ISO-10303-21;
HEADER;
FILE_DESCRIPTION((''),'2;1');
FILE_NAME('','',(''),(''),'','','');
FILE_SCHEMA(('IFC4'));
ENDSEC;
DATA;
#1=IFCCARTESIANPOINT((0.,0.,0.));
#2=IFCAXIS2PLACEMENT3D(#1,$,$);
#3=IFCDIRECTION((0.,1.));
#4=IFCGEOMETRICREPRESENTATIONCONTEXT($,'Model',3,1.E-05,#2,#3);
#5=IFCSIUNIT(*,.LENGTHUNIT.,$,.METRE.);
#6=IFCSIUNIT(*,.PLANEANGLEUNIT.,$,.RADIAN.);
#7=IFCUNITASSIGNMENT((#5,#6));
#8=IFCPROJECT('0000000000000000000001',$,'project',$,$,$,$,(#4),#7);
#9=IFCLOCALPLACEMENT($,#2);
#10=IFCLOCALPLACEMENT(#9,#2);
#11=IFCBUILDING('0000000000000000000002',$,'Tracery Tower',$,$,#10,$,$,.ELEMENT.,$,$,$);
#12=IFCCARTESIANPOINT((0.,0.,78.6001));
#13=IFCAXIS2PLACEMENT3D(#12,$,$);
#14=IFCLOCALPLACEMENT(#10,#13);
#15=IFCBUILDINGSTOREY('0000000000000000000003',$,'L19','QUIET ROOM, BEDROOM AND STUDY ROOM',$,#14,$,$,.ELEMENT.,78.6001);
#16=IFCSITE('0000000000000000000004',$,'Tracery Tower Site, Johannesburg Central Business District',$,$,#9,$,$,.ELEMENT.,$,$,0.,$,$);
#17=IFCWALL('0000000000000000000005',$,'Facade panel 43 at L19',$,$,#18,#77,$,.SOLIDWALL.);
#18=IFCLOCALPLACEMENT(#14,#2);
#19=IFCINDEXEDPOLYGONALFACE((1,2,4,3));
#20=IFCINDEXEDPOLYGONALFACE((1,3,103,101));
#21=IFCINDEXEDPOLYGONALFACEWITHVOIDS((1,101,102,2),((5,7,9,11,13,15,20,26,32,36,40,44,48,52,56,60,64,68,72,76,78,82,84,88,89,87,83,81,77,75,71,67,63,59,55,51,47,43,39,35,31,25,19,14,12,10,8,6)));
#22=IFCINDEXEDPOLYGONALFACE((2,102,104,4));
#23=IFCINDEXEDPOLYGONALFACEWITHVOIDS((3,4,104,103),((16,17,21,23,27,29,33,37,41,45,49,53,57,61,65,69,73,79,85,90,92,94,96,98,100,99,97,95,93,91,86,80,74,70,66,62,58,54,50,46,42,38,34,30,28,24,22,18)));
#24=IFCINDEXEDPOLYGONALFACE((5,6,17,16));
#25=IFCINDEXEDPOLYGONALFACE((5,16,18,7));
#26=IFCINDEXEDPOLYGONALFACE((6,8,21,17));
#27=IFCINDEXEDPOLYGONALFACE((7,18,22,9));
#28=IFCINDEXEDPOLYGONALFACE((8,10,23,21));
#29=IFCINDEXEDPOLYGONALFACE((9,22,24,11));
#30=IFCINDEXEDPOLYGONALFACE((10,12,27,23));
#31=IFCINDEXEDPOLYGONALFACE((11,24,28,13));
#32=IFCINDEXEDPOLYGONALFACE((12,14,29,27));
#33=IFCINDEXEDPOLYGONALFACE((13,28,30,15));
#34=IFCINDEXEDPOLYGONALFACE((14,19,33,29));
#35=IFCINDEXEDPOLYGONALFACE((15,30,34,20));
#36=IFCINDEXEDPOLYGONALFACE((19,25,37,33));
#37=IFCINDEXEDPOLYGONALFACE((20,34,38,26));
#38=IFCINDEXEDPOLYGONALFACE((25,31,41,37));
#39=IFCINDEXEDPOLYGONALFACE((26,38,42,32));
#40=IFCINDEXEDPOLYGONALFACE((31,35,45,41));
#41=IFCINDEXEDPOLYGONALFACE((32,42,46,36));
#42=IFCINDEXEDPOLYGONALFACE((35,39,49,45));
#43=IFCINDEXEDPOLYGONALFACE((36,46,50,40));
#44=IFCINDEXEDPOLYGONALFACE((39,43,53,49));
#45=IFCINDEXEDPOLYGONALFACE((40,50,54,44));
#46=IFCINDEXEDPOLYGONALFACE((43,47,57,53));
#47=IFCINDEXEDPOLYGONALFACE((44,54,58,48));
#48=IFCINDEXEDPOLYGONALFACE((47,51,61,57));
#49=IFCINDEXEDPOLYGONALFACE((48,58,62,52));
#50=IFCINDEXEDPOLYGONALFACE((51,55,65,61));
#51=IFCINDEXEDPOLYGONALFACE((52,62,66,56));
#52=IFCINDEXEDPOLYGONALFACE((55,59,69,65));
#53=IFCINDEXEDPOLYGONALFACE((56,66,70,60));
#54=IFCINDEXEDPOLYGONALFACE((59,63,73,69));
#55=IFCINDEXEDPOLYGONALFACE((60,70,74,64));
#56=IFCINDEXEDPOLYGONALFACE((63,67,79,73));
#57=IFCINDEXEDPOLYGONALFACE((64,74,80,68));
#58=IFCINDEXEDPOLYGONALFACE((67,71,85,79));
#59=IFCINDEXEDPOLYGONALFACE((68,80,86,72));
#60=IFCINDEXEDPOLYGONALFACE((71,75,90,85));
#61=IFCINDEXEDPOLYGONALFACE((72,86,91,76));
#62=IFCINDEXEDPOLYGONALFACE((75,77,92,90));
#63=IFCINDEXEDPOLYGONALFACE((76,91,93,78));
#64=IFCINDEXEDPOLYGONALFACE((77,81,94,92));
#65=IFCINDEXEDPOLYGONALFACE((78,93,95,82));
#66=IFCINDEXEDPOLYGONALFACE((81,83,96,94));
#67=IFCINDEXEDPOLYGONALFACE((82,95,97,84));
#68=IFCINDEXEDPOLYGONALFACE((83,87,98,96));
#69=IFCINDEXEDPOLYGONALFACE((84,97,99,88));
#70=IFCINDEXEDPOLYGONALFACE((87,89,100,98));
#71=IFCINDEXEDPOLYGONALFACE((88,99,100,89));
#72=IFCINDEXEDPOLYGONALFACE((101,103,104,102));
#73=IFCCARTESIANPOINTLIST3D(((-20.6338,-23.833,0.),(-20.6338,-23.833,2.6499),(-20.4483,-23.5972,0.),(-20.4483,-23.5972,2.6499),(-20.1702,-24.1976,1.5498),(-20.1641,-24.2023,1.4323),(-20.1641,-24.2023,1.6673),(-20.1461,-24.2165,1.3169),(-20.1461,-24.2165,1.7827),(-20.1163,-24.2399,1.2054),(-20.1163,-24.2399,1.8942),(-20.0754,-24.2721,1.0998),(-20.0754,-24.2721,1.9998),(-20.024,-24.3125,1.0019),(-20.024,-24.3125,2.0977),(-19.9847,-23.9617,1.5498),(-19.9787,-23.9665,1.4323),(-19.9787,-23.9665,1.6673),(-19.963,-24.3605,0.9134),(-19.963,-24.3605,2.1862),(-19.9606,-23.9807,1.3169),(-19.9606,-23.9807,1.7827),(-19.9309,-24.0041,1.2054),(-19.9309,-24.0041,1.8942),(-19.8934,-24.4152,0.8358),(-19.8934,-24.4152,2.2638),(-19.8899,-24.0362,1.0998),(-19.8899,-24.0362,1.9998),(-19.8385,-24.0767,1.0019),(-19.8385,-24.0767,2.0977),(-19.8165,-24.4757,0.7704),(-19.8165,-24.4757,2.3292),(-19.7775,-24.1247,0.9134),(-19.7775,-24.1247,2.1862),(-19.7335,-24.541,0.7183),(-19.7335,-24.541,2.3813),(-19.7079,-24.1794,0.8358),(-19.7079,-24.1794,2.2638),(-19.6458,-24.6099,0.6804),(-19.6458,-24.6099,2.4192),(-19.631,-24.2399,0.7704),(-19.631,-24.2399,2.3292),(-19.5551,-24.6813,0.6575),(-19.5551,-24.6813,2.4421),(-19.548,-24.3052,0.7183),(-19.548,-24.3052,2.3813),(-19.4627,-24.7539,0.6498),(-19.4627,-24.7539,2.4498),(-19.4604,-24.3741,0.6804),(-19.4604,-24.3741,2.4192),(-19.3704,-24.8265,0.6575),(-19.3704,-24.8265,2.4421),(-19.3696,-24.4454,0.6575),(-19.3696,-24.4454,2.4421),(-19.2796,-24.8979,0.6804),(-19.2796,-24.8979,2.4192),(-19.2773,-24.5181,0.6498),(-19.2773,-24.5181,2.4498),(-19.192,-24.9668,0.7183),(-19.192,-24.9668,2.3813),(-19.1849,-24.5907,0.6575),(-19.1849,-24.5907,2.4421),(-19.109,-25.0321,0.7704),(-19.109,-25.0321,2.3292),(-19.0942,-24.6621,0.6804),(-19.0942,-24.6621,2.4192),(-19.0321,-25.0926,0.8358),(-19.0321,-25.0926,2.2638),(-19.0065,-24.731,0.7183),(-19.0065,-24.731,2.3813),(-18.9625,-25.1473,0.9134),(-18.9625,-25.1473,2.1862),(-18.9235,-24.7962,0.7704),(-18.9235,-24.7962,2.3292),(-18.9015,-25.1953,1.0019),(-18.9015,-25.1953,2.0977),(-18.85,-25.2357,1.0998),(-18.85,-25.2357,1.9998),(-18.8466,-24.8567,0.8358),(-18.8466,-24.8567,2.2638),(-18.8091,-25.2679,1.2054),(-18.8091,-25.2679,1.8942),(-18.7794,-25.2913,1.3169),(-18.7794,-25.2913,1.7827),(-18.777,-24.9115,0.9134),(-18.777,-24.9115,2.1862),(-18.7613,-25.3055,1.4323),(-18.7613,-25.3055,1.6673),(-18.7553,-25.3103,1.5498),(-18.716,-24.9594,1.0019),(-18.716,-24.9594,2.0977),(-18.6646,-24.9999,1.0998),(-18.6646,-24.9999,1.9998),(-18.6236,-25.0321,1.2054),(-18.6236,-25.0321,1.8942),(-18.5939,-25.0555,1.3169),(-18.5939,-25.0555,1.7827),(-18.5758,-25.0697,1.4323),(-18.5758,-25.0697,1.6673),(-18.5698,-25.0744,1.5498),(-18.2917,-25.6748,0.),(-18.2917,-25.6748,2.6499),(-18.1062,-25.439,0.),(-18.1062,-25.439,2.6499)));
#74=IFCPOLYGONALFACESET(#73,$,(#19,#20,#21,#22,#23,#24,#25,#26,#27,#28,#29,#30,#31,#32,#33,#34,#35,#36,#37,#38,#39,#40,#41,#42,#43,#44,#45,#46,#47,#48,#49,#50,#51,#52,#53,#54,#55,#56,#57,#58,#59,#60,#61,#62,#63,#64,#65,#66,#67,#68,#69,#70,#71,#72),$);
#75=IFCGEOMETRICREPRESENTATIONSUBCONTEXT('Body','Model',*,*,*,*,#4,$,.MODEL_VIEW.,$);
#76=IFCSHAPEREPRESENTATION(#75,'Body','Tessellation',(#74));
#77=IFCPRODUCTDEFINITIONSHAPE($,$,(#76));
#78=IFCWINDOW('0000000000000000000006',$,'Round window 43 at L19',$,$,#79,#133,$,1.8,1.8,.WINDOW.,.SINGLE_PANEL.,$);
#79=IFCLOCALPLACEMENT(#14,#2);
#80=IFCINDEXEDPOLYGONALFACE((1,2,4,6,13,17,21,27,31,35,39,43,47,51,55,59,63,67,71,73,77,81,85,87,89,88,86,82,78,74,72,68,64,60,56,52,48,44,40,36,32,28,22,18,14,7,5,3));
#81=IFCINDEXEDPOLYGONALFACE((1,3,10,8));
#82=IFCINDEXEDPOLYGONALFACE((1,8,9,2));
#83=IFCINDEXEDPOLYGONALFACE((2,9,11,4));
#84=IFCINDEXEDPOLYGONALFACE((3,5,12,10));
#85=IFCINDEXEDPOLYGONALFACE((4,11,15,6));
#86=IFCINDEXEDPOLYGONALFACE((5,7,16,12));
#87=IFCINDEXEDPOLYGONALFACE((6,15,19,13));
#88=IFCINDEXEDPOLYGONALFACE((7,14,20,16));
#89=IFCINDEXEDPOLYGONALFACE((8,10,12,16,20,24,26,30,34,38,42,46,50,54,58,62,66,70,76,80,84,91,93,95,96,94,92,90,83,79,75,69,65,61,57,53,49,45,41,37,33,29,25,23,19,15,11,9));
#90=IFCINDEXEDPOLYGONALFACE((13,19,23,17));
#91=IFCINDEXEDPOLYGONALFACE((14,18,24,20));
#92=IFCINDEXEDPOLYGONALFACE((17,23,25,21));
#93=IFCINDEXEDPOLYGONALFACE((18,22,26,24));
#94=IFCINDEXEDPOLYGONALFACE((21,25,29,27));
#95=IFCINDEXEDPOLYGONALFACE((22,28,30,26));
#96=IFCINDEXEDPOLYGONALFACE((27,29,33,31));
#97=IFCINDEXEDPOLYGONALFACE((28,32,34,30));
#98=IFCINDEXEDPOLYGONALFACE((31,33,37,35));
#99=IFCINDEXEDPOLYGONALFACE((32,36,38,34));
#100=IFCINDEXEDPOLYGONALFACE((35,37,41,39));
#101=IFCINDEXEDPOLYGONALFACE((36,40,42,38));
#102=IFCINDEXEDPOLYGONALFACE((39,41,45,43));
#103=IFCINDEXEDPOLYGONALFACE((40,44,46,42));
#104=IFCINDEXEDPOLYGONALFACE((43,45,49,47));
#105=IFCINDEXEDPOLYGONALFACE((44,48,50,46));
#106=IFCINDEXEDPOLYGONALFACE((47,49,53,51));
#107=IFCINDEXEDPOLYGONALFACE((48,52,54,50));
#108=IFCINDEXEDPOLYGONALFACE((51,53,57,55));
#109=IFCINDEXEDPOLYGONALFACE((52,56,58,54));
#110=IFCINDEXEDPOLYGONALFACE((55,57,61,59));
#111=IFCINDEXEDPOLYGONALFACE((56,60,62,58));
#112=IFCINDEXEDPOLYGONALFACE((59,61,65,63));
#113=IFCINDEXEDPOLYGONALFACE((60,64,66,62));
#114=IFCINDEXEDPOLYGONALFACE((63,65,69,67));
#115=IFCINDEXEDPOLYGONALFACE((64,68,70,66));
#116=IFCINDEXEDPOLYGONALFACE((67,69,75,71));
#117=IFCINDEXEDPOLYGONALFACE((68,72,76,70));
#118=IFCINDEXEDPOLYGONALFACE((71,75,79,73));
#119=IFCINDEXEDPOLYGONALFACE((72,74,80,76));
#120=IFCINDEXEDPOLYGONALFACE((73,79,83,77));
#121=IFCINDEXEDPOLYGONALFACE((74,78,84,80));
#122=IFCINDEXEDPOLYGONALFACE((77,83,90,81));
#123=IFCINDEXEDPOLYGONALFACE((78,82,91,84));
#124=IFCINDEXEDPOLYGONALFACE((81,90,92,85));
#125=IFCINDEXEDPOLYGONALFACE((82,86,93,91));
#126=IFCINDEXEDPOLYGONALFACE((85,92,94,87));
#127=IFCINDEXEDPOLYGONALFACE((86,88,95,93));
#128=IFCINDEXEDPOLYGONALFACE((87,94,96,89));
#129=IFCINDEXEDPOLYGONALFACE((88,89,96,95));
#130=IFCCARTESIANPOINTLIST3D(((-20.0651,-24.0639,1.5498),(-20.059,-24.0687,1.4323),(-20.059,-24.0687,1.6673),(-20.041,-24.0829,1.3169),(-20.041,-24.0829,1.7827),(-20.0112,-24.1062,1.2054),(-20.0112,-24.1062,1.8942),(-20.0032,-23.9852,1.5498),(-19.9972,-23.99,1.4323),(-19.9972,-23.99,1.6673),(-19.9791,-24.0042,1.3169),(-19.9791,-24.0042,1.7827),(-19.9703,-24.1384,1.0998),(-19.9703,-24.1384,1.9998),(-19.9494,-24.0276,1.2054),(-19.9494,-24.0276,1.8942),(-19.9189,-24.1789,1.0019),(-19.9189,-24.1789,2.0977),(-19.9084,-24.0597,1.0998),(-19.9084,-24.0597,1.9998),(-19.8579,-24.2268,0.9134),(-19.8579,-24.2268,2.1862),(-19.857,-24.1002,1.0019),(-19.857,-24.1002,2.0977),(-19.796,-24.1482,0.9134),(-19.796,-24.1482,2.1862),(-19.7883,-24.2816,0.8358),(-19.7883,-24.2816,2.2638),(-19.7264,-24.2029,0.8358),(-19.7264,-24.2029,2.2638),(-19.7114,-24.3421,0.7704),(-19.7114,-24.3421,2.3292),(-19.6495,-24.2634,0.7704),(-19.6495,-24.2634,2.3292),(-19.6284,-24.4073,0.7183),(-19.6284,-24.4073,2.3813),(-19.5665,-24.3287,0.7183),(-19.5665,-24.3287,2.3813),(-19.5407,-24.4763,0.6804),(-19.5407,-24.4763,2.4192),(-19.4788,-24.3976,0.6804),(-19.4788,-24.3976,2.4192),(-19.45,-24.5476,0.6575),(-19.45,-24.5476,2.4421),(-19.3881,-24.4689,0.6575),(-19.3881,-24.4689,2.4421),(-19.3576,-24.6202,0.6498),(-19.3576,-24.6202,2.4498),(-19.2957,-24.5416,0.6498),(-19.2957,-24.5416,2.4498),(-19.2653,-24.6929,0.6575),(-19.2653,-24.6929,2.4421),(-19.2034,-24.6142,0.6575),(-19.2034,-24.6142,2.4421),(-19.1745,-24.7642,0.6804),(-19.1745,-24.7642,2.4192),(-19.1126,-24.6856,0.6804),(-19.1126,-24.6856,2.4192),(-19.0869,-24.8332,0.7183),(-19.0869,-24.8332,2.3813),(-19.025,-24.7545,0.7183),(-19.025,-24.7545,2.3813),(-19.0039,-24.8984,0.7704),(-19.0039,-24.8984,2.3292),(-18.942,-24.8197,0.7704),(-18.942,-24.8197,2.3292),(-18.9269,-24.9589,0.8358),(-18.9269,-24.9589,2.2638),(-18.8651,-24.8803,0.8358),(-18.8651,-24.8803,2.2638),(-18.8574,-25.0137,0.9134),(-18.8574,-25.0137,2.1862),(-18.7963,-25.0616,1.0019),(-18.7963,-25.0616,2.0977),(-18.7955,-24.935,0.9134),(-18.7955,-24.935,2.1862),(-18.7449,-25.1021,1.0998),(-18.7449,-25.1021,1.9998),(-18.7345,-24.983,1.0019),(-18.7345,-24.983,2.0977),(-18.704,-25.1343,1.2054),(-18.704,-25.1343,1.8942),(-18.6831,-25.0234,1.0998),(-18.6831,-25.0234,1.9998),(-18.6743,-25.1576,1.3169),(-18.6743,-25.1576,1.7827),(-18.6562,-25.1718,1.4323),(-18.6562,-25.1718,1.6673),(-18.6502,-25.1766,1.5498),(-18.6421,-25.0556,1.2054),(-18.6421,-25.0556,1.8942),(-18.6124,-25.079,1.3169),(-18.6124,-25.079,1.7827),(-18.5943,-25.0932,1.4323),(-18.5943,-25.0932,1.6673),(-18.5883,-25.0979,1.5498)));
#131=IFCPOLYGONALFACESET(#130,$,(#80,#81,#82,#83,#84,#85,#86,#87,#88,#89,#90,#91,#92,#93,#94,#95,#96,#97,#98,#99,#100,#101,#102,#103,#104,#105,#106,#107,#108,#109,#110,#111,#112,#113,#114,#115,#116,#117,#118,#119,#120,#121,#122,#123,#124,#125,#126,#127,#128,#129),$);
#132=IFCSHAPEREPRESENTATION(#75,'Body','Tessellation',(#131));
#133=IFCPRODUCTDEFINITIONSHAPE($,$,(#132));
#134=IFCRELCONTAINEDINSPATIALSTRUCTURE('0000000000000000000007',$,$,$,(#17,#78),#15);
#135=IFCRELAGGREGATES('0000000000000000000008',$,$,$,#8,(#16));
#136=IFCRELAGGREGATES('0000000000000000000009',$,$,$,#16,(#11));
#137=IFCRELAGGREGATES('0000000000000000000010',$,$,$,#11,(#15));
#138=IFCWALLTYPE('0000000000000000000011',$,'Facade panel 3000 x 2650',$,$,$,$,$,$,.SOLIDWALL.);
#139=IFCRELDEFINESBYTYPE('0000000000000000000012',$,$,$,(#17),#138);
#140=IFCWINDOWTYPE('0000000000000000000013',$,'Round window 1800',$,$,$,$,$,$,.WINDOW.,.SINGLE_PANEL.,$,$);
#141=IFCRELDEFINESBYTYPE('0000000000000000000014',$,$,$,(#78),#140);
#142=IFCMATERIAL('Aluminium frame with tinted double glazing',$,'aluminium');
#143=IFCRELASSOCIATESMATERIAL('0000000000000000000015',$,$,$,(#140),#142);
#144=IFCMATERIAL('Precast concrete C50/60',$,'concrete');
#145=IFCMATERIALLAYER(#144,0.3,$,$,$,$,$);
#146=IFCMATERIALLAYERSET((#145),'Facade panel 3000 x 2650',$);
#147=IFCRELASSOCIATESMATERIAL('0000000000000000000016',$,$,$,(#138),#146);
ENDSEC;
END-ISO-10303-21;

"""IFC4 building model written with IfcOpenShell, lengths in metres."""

from ifc_helpers import new_model, si_unit, direction, frame, frame_2d, origin, origin_2d, place, context, subcontext, project, spatial, rectangle, circle, extrude, material, layer, layer_set, type_object, element, fill, save


model = new_model("IFC4")

# Units and contexts
model_context = context("Model", 3, precision=1e-05, world=origin(), true_north=direction((0.0, 1.0)))
body_context = subcontext(model_context, "Body", "Model", "MODEL_VIEW")
ifc_project = project(units=[si_unit("LENGTHUNIT", "METRE"), si_unit("PLANEANGLEUNIT", "RADIAN")], contexts=[model_context])

# Site, building, storey
site_placement = place(None, origin())
site = spatial("IfcSite", under=ifc_project, at=site_placement, Name="Tracery Tower Site, Johannesburg Central Business District", CompositionType="ELEMENT", RefElevation=0.0)
building_placement = place(site_placement, origin())
building = spatial("IfcBuilding", under=site, at=building_placement, Name="Tracery Tower", CompositionType="ELEMENT")
storey_placement = place(building_placement, frame((0.0, 0.0, 78.6001)))
storey = spatial("IfcBuildingStorey", under=building, at=storey_placement, Name="L19", Description="QUIET ROOM, BEDROOM AND STUDY ROOM", CompositionType="ELEMENT", Elevation=78.6001)

# Wall, opening, window
ifc_material_1 = material(Name="Aluminium frame with tinted double glazing", Category="aluminium")
window_type = type_object("IfcWindowType", Name="Round window 1800", PartitioningType="SINGLE_PANEL", PredefinedType="WINDOW", material=ifc_material_1)
ifc_material_2 = material(Name="Precast concrete C50/60", Category="concrete")
ifc_layer_1 = layer(ifc_material_2, 0.3)
ifc_layer_set_1 = layer_set([ifc_layer_1], Name="Facade panel 3000 x 2650")
wall_type_1 = type_object("IfcWallType", Name="Facade panel 3000 x 2650", PredefinedType="SOLIDWALL", material=ifc_layer_set_1)
wall_1_placement = place(storey_placement, frame((-20.541, -23.7151, 0.0), z_axis=(0.0, 0.0, 1.0), x_axis=(0.786054, -0.618158, 0.0)))
wall_1 = element("IfcWall", 1, at=wall_1_placement, inside=storey, type_object=wall_type_1, Name="Facade panel 43 at L19", PredefinedType="SOLIDWALL", context=body_context, shape_type="SweptSolid", body=[
    extrude(rectangle(XDim=2.9795, YDim=0.3, at=frame_2d((1.4897, 0.0))), origin(), (0.0, 0.0, 1.0), 2.6499),
])
opening_1_placement = place(wall_1_placement, frame((1.4897, 0.0, 1.5498)))
opening_1 = element("IfcOpeningElement", 2, at=opening_1_placement, cuts=wall_1, PredefinedType="OPENING", context=body_context, shape_type="SweptSolid", body=[
    extrude(circle(Radius=0.9, at=origin_2d()), frame((0.0, 0.1599, 0.0), z_axis=(0.0, -1.0, 0.0), x_axis=(1.0, 0.0, 0.0)), (0.0, 0.0, 1.0), 0.3201),
])
window_1_placement = place(opening_1_placement, origin())
window_1 = element("IfcWindow", 3, at=window_1_placement, inside=storey, type_object=window_type, Name="Round window 43 at L19", OverallHeight=1.8, OverallWidth=1.8, PartitioningType="SINGLE_PANEL", PredefinedType="WINDOW", context=body_context, shape_type="SweptSolid", body=[
    extrude(circle(Radius=0.9, at=origin_2d()), frame((0.0, 0.1201, 0.0), z_axis=(0.0, -1.0, 0.0), x_axis=(1.0, 0.0, 0.0)), (0.0, 0.0, 1.0), 0.1001),
])
fill(opening_1, window_1)

save(model, "model.ifc")
